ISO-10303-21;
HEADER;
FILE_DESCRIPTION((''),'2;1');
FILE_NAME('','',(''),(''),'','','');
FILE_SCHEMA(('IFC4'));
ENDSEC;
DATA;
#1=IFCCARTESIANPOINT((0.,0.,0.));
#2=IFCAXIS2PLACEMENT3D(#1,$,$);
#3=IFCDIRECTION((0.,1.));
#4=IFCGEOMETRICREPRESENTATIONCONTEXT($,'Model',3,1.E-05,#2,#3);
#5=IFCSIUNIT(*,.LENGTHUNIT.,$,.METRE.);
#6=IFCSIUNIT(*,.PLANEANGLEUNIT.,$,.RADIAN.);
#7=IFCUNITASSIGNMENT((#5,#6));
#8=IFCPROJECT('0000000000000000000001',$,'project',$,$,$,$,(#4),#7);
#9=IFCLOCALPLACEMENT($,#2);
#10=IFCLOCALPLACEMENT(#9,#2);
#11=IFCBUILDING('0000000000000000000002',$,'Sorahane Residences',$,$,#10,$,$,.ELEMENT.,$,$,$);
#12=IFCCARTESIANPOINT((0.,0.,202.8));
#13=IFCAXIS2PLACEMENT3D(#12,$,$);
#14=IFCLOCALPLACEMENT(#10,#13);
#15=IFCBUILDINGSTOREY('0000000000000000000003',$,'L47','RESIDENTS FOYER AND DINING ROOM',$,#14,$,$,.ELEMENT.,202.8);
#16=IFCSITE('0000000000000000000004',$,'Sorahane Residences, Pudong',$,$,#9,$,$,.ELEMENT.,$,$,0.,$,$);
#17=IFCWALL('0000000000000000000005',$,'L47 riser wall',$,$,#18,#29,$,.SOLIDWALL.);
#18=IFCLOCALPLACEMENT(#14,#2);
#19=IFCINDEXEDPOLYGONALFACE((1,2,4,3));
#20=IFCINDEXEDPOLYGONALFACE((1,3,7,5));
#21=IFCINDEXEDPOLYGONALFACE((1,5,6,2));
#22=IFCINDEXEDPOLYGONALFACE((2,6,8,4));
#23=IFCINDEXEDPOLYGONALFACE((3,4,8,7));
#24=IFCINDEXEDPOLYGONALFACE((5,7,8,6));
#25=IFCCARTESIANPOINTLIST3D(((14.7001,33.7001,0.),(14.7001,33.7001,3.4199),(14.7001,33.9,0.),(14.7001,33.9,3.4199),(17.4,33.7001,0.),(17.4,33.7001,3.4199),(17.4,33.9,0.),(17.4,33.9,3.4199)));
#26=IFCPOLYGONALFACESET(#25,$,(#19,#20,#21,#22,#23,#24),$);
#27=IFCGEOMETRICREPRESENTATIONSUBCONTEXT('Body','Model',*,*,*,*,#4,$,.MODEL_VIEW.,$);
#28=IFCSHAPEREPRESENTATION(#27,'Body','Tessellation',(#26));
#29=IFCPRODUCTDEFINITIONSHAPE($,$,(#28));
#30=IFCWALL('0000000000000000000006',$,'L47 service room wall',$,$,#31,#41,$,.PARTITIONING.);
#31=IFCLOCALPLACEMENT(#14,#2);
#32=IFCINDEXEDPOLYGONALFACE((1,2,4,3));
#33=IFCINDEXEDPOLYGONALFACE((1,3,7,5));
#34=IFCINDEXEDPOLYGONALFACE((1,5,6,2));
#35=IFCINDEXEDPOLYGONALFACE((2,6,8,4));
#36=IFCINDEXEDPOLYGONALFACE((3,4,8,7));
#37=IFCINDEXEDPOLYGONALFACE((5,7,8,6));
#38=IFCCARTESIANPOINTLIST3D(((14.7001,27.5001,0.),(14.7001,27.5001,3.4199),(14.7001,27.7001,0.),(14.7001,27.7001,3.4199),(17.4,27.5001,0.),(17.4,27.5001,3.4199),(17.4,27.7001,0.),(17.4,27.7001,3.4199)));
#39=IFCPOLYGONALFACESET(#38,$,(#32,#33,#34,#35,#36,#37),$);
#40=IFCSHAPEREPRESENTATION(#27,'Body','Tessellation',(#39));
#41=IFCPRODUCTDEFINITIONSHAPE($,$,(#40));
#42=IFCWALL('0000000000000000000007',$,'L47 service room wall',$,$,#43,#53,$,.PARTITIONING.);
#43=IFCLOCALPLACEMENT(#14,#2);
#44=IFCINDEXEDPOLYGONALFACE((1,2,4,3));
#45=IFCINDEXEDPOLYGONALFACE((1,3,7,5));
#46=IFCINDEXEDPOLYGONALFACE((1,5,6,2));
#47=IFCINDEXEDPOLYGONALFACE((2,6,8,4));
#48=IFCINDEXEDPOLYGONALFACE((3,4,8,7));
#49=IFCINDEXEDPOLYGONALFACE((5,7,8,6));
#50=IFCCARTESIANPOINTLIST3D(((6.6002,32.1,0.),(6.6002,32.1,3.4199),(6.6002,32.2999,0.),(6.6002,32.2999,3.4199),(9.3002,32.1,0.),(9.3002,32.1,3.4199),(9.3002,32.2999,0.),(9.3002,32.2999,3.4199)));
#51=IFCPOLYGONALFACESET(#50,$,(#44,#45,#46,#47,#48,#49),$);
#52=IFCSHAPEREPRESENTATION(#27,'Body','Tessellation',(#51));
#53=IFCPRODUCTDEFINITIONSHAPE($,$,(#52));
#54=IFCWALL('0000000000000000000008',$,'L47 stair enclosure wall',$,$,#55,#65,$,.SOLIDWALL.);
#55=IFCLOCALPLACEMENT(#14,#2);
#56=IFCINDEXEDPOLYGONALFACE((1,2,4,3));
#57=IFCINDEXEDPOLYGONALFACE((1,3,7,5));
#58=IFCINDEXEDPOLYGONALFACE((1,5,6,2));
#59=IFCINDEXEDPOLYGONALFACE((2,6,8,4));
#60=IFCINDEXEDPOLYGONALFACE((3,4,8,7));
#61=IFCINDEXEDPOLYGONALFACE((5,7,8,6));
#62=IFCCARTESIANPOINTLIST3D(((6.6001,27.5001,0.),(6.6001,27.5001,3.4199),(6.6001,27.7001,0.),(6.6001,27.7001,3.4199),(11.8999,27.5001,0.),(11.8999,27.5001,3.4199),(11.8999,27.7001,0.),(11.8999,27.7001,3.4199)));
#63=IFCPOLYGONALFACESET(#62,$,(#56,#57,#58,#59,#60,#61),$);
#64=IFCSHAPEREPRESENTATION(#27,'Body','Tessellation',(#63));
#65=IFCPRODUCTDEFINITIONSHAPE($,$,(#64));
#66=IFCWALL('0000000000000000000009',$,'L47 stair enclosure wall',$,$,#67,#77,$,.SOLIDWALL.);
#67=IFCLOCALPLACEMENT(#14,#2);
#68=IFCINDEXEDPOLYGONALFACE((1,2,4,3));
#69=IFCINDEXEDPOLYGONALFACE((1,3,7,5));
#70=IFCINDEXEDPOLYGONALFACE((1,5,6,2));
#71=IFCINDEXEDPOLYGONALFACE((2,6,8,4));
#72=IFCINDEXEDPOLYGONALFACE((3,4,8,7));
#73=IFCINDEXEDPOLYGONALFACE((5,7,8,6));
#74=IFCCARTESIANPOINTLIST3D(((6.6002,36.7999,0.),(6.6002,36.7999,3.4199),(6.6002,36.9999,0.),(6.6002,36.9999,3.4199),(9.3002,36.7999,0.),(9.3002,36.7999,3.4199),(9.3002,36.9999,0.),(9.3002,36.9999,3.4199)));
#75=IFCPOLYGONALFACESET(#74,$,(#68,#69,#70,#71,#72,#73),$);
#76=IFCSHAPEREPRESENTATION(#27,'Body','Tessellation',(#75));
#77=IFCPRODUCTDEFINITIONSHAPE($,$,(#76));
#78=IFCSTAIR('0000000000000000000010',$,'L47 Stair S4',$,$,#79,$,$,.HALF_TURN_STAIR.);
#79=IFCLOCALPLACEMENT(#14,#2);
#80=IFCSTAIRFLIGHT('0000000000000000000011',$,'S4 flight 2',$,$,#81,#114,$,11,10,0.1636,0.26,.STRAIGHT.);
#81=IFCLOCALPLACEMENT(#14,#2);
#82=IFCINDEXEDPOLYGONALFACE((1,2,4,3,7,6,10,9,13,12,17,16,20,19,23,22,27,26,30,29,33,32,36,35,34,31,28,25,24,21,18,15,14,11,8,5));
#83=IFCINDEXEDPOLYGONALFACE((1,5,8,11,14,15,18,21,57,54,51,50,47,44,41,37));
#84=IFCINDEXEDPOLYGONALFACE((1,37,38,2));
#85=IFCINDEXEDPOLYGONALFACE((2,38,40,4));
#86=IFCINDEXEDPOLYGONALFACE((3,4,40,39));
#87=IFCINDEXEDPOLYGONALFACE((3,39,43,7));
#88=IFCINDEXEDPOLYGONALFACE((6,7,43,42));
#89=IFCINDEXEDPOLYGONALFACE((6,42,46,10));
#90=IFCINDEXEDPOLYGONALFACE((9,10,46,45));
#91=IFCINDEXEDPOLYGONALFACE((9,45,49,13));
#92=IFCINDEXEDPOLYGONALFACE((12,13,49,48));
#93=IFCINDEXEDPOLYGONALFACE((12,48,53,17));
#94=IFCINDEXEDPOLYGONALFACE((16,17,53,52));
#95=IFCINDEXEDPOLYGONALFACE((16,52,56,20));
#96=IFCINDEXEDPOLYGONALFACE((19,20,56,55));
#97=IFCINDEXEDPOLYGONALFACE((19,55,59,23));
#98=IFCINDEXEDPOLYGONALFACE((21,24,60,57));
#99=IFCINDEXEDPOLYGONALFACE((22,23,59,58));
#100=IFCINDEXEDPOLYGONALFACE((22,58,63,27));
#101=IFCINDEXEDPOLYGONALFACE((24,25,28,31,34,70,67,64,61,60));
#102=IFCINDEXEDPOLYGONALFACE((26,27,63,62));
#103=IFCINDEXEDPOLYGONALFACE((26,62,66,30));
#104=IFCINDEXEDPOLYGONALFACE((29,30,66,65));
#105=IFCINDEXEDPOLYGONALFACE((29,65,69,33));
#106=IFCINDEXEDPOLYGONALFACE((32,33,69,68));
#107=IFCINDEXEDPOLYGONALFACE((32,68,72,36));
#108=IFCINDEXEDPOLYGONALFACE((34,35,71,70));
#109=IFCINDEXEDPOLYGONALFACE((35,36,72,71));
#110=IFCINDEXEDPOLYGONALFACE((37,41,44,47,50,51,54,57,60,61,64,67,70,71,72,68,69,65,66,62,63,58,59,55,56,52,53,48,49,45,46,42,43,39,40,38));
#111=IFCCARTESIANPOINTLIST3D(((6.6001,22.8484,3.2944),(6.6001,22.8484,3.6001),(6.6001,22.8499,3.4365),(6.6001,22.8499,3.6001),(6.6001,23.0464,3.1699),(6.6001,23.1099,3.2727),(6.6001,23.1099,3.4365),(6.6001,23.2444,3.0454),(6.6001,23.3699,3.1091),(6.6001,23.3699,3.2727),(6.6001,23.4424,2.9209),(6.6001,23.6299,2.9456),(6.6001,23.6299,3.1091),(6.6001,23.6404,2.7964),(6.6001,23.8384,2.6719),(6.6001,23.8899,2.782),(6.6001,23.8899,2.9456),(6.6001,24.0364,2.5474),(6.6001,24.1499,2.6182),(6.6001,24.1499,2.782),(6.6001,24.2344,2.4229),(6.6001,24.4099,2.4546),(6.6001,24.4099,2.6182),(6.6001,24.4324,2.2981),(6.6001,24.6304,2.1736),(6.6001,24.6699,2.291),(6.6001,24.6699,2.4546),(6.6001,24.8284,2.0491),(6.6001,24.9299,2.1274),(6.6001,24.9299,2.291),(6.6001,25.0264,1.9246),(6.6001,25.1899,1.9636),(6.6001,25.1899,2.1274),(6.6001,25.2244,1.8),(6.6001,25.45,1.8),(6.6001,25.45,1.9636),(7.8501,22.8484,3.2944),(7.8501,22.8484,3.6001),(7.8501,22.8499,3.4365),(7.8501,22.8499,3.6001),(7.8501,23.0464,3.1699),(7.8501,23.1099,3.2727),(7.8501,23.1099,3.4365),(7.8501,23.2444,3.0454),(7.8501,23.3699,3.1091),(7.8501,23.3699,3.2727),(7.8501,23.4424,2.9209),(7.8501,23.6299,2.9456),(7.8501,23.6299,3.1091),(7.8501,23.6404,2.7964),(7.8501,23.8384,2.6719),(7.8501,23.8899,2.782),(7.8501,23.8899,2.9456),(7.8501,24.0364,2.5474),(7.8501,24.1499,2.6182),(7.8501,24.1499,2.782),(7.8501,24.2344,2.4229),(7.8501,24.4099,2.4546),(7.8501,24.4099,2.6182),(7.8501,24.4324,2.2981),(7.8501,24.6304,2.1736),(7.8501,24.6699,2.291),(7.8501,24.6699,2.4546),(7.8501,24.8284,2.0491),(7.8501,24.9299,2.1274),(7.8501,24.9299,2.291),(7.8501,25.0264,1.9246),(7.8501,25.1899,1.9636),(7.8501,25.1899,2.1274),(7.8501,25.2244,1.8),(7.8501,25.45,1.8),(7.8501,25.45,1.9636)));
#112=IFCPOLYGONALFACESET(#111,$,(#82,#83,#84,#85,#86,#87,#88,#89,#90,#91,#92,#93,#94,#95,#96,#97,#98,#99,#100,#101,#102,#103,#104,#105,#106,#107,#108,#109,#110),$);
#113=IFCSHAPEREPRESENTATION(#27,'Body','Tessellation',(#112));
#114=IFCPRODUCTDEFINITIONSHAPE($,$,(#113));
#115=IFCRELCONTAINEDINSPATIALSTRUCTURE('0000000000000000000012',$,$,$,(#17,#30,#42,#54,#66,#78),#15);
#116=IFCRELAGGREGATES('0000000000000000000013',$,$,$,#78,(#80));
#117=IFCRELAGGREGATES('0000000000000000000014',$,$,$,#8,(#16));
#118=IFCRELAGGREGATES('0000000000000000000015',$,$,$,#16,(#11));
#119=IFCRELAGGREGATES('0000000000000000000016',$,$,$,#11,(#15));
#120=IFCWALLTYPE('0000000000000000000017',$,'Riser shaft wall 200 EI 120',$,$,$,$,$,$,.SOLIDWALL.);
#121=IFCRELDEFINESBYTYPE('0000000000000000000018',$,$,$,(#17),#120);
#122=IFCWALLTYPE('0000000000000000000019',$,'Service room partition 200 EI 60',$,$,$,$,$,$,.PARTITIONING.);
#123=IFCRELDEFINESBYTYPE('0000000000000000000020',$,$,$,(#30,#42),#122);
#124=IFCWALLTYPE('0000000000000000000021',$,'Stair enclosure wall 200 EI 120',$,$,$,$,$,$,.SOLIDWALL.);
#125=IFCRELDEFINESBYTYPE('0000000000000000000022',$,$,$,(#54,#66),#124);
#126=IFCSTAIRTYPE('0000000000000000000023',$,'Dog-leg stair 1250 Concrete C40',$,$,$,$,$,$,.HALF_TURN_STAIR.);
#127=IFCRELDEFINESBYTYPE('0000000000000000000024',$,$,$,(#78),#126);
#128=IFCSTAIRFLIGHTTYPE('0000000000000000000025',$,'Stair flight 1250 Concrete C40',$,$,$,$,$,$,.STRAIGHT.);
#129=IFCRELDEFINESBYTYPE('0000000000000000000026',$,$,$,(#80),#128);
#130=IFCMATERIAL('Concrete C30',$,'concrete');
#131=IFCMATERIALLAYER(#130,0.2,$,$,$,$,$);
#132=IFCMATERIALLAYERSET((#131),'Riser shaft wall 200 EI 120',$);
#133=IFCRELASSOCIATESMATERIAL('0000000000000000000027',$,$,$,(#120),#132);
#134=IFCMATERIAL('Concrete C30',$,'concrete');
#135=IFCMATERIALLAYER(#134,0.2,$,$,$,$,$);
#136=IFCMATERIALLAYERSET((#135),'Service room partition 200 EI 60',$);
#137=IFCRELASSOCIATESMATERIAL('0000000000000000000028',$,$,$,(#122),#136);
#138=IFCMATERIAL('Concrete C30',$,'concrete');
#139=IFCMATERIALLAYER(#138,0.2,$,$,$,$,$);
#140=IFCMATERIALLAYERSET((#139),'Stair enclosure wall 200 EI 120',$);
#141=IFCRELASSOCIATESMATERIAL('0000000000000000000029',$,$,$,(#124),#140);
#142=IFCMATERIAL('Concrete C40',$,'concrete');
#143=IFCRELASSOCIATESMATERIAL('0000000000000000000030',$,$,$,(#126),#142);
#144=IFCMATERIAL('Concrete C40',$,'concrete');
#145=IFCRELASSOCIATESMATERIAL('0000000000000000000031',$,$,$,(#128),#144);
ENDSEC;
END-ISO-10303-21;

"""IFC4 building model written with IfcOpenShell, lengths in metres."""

from ifc_helpers import new_model, si_unit, direction, frame, frame_2d, origin, place, context, subcontext, project, spatial, polyline, rectangle, outline, extrude, material, layer, layer_set, type_object, element, aggregate, save


model = new_model("IFC4")

# Units and contexts
model_context = context("Model", 3, precision=1e-05, world=origin(), true_north=direction((0.0, 1.0)))
body_context = subcontext(model_context, "Body", "Model", "MODEL_VIEW")
ifc_project = project(units=[si_unit("LENGTHUNIT", "METRE"), si_unit("PLANEANGLEUNIT", "RADIAN")], contexts=[model_context])

# Site, building, storey
site_placement = place(None, origin())
site = spatial("IfcSite", under=ifc_project, at=site_placement, Name="Sorahane Residences, Pudong", CompositionType="ELEMENT", RefElevation=0.0)
building_placement = place(site_placement, origin())
building = spatial("IfcBuilding", under=site, at=building_placement, Name="Sorahane Residences", CompositionType="ELEMENT")
storey_placement = place(building_placement, frame((0.0, 0.0, 202.8)))
storey = spatial("IfcBuildingStorey", under=building, at=storey_placement, Name="L47", Description="RESIDENTS FOYER AND DINING ROOM", CompositionType="ELEMENT", Elevation=202.8)

# Walls
ifc_material_1 = material(Name="Concrete C30", Category="concrete")
ifc_layer_1 = layer(ifc_material_1, 0.2)
ifc_layer_set_1 = layer_set([ifc_layer_1], Name="Riser shaft wall 200 EI 120")
wall_type_1 = type_object("IfcWallType", Name="Riser shaft wall 200 EI 120", PredefinedType="SOLIDWALL", material=ifc_layer_set_1)
wall_1_placement = place(storey_placement, frame((14.7, 33.8, 0.0), z_axis=(0.0, 0.0, 1.0), x_axis=(1.0, 0.0, 0.0)))
element("IfcWall", 1, at=wall_1_placement, inside=storey, type_object=wall_type_1, Name="L47 riser wall", PredefinedType="SOLIDWALL", context=body_context, shape_type="SweptSolid", body=[
    extrude(rectangle(XDim=2.7, YDim=0.2, at=frame_2d((1.3501, 0.0))), origin(), (0.0, 0.0, 1.0), 3.4199),
])
ifc_material_2 = material(Name="Concrete C30", Category="concrete")
ifc_layer_2 = layer(ifc_material_2, 0.2)
ifc_layer_set_2 = layer_set([ifc_layer_2], Name="Service room partition 200 EI 60")
wall_type_2 = type_object("IfcWallType", Name="Service room partition 200 EI 60", PredefinedType="PARTITIONING", material=ifc_layer_set_2)
for number, where, z_axis, x_axis, name in (
    (2, (14.7, 27.6001, 0.0), (0.0, 0.0, 1.0), (1.0, 0.0, 0.0), "L47 service room wall"),
    (3, (6.6001, 32.2, 0.0), (0.0, 0.0, 1.0), (1.0, 0.0, 0.0), "L47 service room wall"),
):
    element("IfcWall", number, at=place(storey_placement, frame(where, z_axis=z_axis, x_axis=x_axis)), inside=storey, type_object=wall_type_2, Name=name, PredefinedType="PARTITIONING", context=body_context, shape_type="SweptSolid", body=[
        extrude(rectangle(XDim=2.7, YDim=0.2, at=frame_2d((1.3501, 0.0))), origin(), (0.0, 0.0, 1.0), 3.4199),
    ])
ifc_material_3 = material(Name="Concrete C30", Category="concrete")
ifc_layer_3 = layer(ifc_material_3, 0.2)
ifc_layer_set_3 = layer_set([ifc_layer_3], Name="Stair enclosure wall 200 EI 120")
wall_type_3 = type_object("IfcWallType", Name="Stair enclosure wall 200 EI 120", PredefinedType="SOLIDWALL", material=ifc_layer_set_3)
wall_2_placement = place(storey_placement, frame((6.6001, 27.6001, 0.0), z_axis=(0.0, 0.0, 1.0), x_axis=(1.0, 0.0, 0.0)))
element("IfcWall", 4, at=wall_2_placement, inside=storey, type_object=wall_type_3, Name="L47 stair enclosure wall", PredefinedType="SOLIDWALL", context=body_context, shape_type="SweptSolid", body=[
    extrude(rectangle(XDim=5.2998, YDim=0.2, at=frame_2d((2.6499, 0.0))), origin(), (0.0, 0.0, 1.0), 3.4199),
])
wall_3_placement = place(storey_placement, frame((6.6001, 36.8999, 0.0), z_axis=(0.0, 0.0, 1.0), x_axis=(1.0, 0.0, 0.0)))
element("IfcWall", 5, at=wall_3_placement, inside=storey, type_object=wall_type_3, Name="L47 stair enclosure wall", PredefinedType="SOLIDWALL", context=body_context, shape_type="SweptSolid", body=[
    extrude(rectangle(XDim=2.7, YDim=0.2, at=frame_2d((1.3501, 0.0))), origin(), (0.0, 0.0, 1.0), 3.4199),
])

# Stair, stair flight
ifc_material_4 = material(Name="Concrete C40", Category="concrete")
stair_type = type_object("IfcStairType", Name="Dog-leg stair 1250 Concrete C40", PredefinedType="HALF_TURN_STAIR", material=ifc_material_4)
stair_placement = place(storey_placement, origin())
stair = element("IfcStair", 6, at=stair_placement, inside=storey, type_object=stair_type, Name="L47 Stair S4", PredefinedType="HALF_TURN_STAIR")
ifc_material_5 = material(Name="Concrete C40", Category="concrete")
stair_flight_type = type_object("IfcStairFlightType", Name="Stair flight 1250 Concrete C40", PredefinedType="STRAIGHT", material=ifc_material_5)
stair_flight_placement = place(storey_placement, frame((7.2251, 25.45, 1.8), z_axis=(0.0, 0.0, 1.0), x_axis=(0.0, -1.0, 0.0)))
stair_flight = element("IfcStairFlight", 7, at=stair_flight_placement, type_object=stair_flight_type, Name="S4 flight 2", NumberOfRisers=11, NumberOfTreads=10, PredefinedType="STRAIGHT", RiserHeight=0.1636, TreadLength=0.26, context=body_context, shape_type="SweptSolid", body=[
    extrude(outline(polyline([(0.0, 0.0), (0.0, 0.1636), (0.26, 0.1636), (0.26, 0.3274), (0.52, 0.3274), (0.52, 0.491), (0.78, 0.491), (0.78, 0.6545), (1.04, 0.6545), (1.04, 0.8181), (1.3, 0.8181), (1.3, 0.9819), (1.5601, 0.9819), (1.5601, 1.1455), (1.8201, 1.1455), (1.8201, 1.3091), (2.0801, 1.3091), (2.0801, 1.4727), (2.3401, 1.4727), (2.3401, 1.6365), (2.6001, 1.6365), (2.6001, 1.8), (2.6016, 1.8), (2.6016, 1.4944), (2.4036, 1.3699), (2.2056, 1.2454), (2.0076, 1.1208), (1.8096, 0.9963), (1.6116, 0.8718), (1.4136, 0.7473), (1.2156, 0.6228), (1.0176, 0.498), (0.8196, 0.3735), (0.6216, 0.249), (0.4236, 0.1245), (0.2256, 0.0), (0.0, 0.0)])), frame((0.0, 0.625, 0.0), z_axis=(0.0, -1.0, 0.0), x_axis=(1.0, 0.0, 0.0)), (0.0, 0.0, 1.0), 1.25),
])
aggregate(stair, [stair_flight])

save(model, "model.ifc")
